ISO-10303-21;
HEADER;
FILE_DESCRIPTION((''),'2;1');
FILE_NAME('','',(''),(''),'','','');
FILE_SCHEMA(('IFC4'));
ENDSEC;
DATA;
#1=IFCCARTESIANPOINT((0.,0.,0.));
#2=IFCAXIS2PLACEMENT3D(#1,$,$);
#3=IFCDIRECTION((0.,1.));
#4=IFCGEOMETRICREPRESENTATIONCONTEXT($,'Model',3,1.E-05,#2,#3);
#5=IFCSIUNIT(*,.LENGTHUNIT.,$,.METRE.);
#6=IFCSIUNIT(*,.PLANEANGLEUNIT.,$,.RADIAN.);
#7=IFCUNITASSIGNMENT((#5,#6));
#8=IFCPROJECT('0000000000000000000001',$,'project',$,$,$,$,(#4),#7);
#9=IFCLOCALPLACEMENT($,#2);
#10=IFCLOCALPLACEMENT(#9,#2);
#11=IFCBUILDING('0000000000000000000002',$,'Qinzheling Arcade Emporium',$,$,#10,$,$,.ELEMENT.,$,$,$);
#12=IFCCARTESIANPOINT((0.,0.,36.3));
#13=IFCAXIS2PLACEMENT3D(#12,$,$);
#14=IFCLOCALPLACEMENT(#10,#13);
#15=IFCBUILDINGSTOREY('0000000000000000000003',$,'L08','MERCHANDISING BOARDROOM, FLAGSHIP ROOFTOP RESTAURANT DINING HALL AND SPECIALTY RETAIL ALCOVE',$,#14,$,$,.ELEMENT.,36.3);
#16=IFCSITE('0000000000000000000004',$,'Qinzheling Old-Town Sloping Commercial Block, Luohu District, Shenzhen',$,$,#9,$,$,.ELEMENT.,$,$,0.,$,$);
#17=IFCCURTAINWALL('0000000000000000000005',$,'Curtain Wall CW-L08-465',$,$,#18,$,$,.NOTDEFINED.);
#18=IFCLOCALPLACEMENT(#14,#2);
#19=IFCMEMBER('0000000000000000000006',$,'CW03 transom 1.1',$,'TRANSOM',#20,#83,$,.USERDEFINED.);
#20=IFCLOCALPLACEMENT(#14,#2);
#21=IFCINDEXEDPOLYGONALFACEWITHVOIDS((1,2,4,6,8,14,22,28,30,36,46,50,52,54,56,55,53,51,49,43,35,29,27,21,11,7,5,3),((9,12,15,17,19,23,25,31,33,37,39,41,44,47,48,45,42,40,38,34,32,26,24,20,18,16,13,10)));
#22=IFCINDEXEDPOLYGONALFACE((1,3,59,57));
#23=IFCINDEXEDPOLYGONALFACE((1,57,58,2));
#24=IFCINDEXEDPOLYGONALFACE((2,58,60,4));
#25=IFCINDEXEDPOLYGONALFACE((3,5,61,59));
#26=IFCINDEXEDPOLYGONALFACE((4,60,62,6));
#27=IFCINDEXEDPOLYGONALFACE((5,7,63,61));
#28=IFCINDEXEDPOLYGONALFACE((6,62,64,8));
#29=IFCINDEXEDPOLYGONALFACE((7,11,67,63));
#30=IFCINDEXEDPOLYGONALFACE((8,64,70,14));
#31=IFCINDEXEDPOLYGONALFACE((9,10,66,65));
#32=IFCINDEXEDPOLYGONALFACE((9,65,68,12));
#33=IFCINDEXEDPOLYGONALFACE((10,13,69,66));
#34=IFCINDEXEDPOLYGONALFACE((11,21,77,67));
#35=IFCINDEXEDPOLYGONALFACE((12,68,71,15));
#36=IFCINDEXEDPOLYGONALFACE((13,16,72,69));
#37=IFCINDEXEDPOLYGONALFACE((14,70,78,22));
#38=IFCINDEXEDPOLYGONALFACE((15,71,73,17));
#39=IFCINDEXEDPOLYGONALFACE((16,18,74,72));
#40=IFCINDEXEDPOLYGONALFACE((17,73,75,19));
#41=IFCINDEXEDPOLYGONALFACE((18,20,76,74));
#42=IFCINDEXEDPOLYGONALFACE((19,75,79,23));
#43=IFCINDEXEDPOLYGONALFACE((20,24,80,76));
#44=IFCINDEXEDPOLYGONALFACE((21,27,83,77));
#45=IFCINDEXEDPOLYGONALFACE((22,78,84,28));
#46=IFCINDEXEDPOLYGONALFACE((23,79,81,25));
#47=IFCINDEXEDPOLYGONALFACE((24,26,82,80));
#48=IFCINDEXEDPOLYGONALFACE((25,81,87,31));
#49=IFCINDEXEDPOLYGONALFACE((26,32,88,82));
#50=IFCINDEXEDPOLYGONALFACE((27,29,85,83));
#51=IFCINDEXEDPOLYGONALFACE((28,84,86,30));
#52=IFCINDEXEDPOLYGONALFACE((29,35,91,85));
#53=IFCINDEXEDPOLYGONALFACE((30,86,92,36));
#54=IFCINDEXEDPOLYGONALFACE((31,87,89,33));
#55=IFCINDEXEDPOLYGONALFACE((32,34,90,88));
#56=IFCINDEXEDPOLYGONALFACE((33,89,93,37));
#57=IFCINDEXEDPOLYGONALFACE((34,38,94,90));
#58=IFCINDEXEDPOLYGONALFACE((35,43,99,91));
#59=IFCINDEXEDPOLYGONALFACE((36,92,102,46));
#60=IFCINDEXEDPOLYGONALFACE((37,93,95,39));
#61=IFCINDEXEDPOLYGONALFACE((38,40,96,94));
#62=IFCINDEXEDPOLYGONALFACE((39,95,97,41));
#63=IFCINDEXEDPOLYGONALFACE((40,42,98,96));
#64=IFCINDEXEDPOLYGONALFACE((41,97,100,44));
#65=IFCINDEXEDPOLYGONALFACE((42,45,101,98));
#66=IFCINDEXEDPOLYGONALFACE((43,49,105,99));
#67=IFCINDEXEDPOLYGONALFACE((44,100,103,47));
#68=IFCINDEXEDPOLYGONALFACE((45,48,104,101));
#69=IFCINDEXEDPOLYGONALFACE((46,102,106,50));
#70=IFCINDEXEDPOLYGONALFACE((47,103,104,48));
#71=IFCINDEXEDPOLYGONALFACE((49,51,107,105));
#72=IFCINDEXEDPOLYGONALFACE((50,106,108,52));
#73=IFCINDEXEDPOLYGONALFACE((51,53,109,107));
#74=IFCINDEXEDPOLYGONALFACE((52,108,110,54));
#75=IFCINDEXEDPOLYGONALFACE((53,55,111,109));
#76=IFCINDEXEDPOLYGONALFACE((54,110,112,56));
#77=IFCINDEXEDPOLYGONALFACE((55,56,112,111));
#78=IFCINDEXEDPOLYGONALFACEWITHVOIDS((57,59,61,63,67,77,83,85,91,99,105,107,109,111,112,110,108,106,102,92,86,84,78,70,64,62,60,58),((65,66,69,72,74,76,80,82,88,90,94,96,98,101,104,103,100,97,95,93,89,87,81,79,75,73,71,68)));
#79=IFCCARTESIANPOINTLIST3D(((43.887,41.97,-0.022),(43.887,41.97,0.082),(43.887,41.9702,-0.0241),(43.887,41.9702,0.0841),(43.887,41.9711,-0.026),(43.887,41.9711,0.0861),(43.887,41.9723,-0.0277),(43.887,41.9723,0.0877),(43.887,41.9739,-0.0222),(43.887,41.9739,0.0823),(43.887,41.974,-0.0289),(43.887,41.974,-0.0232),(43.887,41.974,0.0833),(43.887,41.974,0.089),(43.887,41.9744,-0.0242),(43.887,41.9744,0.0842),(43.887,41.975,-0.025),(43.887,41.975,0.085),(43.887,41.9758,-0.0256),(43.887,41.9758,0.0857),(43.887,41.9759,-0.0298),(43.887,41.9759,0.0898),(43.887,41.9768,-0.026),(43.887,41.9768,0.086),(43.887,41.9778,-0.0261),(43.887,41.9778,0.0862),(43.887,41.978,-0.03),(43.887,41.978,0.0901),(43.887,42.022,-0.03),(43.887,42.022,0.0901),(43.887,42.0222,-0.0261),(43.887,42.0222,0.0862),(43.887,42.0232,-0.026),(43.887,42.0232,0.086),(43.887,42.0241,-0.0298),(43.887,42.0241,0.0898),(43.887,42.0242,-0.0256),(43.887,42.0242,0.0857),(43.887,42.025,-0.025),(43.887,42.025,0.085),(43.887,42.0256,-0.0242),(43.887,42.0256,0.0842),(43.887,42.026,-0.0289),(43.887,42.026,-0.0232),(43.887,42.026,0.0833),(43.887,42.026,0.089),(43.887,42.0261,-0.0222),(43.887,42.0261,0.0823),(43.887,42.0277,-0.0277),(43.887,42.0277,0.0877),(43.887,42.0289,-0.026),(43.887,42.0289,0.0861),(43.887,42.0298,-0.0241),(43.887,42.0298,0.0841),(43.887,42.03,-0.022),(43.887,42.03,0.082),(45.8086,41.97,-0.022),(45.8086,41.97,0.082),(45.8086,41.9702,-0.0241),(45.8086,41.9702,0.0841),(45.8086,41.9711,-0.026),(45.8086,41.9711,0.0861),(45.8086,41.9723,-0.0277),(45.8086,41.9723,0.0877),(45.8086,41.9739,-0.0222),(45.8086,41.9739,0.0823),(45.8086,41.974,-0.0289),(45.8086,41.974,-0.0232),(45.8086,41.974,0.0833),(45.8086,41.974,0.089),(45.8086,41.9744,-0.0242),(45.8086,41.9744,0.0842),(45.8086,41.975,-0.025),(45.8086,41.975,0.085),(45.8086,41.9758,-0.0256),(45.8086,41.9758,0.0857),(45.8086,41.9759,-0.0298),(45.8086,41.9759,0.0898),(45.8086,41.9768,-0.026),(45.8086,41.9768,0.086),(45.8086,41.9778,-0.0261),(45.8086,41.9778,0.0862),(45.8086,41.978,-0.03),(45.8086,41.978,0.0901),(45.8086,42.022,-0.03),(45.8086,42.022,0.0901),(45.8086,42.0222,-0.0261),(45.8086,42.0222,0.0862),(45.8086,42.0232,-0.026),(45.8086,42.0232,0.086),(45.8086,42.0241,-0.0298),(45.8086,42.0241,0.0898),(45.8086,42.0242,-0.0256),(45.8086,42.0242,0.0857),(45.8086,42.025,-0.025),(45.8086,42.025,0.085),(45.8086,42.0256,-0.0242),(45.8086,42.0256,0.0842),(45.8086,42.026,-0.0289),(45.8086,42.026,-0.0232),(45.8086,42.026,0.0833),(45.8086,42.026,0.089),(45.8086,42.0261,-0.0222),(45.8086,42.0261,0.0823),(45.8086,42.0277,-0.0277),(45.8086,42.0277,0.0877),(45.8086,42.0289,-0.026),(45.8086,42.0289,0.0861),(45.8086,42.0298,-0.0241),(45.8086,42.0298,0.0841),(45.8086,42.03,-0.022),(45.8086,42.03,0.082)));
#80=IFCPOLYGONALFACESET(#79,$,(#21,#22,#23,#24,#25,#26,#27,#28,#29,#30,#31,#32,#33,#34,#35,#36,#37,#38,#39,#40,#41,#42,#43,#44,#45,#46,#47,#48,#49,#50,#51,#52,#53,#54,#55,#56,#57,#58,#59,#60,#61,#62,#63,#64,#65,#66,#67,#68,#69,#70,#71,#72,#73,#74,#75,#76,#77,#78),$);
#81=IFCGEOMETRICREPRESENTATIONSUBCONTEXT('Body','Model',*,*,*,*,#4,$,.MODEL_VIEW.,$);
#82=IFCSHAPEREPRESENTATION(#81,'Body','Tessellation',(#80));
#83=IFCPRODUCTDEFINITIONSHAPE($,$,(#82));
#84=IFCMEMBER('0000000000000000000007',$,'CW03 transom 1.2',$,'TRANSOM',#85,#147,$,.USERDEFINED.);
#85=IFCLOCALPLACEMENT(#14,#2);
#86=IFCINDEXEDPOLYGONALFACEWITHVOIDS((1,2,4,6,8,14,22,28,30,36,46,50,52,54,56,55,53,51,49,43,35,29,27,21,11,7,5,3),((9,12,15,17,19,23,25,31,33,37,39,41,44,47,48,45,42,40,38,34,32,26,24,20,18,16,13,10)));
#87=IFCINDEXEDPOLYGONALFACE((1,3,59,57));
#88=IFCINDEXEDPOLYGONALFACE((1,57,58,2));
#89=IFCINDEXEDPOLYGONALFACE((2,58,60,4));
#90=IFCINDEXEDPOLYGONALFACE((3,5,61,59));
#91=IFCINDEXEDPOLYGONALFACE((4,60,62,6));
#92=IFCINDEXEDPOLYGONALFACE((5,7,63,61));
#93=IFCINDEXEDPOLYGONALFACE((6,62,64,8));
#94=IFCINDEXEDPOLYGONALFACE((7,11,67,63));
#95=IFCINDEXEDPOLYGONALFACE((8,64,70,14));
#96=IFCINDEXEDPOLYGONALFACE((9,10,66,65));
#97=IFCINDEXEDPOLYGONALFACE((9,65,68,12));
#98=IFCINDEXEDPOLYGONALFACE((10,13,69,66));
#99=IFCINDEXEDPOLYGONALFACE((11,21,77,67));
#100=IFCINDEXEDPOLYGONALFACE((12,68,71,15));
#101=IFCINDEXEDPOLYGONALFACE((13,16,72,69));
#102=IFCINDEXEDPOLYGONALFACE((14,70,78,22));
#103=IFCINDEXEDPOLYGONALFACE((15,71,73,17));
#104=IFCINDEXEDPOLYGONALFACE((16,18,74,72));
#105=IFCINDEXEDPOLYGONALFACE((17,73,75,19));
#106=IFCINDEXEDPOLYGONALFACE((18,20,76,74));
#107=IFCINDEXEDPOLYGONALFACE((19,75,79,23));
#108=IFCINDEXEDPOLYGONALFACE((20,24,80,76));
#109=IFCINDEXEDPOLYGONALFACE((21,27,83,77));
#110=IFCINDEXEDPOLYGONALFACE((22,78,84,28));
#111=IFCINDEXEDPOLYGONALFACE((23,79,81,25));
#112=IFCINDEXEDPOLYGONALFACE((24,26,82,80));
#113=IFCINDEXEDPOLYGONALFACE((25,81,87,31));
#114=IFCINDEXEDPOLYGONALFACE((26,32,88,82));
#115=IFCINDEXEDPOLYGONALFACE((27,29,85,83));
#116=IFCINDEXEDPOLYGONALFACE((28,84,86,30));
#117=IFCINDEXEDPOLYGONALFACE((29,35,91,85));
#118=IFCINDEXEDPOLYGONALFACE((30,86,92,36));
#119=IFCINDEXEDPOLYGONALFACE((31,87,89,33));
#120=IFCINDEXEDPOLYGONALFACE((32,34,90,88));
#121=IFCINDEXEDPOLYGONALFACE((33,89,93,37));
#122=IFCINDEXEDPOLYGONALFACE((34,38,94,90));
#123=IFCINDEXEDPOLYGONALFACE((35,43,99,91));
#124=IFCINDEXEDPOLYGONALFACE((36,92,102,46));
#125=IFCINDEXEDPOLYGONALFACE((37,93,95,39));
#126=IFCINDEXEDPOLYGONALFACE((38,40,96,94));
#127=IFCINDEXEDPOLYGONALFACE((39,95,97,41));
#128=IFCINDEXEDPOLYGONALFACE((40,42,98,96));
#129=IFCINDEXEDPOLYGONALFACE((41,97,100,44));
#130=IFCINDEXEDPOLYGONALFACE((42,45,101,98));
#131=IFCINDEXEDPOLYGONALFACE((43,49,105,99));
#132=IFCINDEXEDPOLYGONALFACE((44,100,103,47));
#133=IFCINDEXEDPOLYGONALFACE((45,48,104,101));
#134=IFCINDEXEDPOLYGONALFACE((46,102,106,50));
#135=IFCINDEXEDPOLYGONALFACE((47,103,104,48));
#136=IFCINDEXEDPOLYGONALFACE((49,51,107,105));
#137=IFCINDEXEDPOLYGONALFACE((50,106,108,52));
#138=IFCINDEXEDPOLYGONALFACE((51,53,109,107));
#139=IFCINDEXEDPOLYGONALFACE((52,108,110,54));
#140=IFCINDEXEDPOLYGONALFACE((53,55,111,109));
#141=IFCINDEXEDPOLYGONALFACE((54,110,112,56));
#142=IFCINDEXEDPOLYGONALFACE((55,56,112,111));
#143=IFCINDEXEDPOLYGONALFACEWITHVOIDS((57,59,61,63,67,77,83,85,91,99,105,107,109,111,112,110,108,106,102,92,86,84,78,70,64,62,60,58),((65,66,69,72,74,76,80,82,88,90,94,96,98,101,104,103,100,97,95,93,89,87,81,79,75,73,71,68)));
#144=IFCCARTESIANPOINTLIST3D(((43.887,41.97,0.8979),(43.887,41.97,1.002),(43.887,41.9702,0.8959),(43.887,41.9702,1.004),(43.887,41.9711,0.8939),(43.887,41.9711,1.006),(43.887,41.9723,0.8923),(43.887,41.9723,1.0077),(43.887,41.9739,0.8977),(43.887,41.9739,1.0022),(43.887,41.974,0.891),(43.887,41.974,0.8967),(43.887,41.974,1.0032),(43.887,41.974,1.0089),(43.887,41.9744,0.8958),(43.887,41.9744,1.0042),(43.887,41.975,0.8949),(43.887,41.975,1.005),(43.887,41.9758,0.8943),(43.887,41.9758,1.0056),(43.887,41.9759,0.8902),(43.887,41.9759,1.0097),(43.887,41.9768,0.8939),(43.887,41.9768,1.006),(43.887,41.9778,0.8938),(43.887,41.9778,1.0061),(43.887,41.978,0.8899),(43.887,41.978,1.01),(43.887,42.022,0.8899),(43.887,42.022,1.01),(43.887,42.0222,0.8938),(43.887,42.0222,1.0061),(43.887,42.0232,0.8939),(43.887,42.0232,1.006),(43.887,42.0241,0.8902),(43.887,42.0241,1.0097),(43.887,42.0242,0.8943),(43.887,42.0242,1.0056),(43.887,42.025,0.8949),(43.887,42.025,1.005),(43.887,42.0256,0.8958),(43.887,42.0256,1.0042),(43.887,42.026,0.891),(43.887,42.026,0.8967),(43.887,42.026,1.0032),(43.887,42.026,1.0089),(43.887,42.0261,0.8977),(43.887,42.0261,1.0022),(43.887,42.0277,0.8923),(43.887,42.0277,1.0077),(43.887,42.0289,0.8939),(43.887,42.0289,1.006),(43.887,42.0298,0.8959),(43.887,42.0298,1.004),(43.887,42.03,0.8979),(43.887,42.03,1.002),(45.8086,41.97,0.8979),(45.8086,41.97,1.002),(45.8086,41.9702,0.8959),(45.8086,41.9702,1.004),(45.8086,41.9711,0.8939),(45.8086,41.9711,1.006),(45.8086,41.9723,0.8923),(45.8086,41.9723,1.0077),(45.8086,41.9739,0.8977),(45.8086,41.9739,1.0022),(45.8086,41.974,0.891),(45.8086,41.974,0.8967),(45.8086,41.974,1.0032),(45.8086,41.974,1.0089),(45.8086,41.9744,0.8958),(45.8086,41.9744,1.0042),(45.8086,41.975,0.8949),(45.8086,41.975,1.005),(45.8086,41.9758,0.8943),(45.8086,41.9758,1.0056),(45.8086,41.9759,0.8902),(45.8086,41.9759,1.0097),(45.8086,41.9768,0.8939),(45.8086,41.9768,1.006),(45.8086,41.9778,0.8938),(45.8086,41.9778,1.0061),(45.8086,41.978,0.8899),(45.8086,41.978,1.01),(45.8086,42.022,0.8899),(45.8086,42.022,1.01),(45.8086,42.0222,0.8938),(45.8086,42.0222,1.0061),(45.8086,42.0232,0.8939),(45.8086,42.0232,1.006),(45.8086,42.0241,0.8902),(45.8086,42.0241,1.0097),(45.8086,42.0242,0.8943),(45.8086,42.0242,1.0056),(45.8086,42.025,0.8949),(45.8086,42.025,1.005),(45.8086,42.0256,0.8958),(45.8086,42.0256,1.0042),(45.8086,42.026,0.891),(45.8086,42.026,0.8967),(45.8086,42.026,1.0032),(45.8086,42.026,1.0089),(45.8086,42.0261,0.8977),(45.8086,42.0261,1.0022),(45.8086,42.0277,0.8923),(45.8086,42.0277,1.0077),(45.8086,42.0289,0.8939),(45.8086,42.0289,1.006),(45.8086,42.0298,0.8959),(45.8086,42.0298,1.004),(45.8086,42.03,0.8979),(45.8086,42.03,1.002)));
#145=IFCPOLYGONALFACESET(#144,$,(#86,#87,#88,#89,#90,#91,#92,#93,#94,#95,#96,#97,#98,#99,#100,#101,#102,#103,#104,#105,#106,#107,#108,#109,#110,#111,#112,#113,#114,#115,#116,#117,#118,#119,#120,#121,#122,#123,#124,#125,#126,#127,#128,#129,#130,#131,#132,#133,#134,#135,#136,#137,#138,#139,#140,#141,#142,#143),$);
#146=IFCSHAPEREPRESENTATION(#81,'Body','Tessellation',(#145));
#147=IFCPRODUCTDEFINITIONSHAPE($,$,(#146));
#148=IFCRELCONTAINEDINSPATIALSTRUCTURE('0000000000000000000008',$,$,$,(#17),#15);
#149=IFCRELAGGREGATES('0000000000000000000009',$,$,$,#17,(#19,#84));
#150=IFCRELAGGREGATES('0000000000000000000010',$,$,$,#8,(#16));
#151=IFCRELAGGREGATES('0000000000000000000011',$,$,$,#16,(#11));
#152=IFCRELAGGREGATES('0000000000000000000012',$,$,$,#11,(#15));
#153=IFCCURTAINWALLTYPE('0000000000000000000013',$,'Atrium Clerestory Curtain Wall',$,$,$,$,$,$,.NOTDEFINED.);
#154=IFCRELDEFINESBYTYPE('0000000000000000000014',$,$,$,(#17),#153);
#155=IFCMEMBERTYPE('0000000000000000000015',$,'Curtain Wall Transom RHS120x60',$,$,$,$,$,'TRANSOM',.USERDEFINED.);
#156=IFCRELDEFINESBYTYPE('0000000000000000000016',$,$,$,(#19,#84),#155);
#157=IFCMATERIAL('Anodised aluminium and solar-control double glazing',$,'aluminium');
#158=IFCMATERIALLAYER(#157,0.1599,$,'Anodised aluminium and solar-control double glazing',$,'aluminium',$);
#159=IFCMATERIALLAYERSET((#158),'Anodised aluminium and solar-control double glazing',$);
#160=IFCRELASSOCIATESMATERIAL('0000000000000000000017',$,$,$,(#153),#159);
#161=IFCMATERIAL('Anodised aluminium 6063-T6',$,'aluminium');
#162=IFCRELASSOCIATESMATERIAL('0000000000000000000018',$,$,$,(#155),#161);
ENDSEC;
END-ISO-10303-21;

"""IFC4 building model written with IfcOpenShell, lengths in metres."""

from ifc_helpers import new_model, si_unit, direction, frame, origin, origin_2d, place, context, subcontext, project, spatial, hollow_rectangle, extrude, material, layer, layer_set, material_profile, profile_set, type_object, element, aggregate, save


model = new_model("IFC4")

# Units and contexts
model_context = context("Model", 3, precision=1e-05, world=origin(), true_north=direction((0.0, 1.0)))
body_context = subcontext(model_context, "Body", "Model", "MODEL_VIEW")
ifc_project = project(units=[si_unit("LENGTHUNIT", "METRE"), si_unit("PLANEANGLEUNIT", "RADIAN")], contexts=[model_context])

# Site, building, storey
site_placement = place(None, origin())
site = spatial("IfcSite", under=ifc_project, at=site_placement, Name="Qinzheling Old-Town Sloping Commercial Block, Luohu District, Shenzhen", CompositionType="ELEMENT", RefElevation=0.0)
building_placement = place(site_placement, origin())
building = spatial("IfcBuilding", under=site, at=building_placement, Name="Qinzheling Arcade Emporium", CompositionType="ELEMENT")
storey_placement = place(building_placement, frame((0.0, 0.0, 36.3)))
storey = spatial("IfcBuildingStorey", under=building, at=storey_placement, Name="L08", Description="MERCHANDISING BOARDROOM, FLAGSHIP ROOFTOP RESTAURANT DINING HALL AND SPECIALTY RETAIL ALCOVE", CompositionType="ELEMENT", Elevation=36.3)

# Curtain wall
ifc_material_1 = material(Name="Anodised aluminium and solar-control double glazing", Category="aluminium")
ifc_layer_1 = layer(ifc_material_1, 0.1599, Name="Anodised aluminium and solar-control double glazing", Category="aluminium")
ifc_layer_set_1 = layer_set([ifc_layer_1], Name="Anodised aluminium and solar-control double glazing")
curtain_wall_type = type_object("IfcCurtainWallType", Name="Atrium Clerestory Curtain Wall", PredefinedType="NOTDEFINED", material=ifc_layer_set_1)
ifc_material_2 = material(Name="Anodised aluminium 6063-T6", Category="aluminium")
curtain_wall_1_placement = place(storey_placement, origin())
curtain_wall_1 = element("IfcCurtainWall", 1, at=curtain_wall_1_placement, inside=storey, type_object=curtain_wall_type, Name="Curtain Wall CW-L08-465", PredefinedType="NOTDEFINED")

# Members
ifc_material_profile_1 = material_profile(ifc_material_2, hollow_rectangle(XDim=0.0601, YDim=0.1201, WallThickness=0.0039, InnerFilletRadius=0.0039, OuterFilletRadius=0.0081, at=origin_2d()), Name="RHS 120x60x4", Category="aluminium")
ifc_profile_set_1 = profile_set([ifc_material_profile_1], Name="Anodised aluminium 6063-T6")
member_type_1 = type_object("IfcMemberType", Name="Curtain Wall Transom RHS120x60", ElementType="TRANSOM", PredefinedType="USERDEFINED", material=ifc_profile_set_1)
member_1_placement = place(storey_placement, frame((43.887, 42.0, 0.03), z_axis=(1.0, 0.0, 0.0), x_axis=(0.0, 1.0, 0.0)))
member_1 = element("IfcMember", 2, at=member_1_placement, type_object=member_type_1, Name="CW03 transom 1.1", ObjectType="TRANSOM", PredefinedType="USERDEFINED", context=body_context, shape_type="SweptSolid", body=[
    extrude(hollow_rectangle(XDim=0.0601, YDim=0.1201, WallThickness=0.0039, InnerFilletRadius=0.0039, OuterFilletRadius=0.0081, at=origin_2d()), origin(), (0.0, 0.0, 1.0), 1.9216),
])
member_2_placement = place(storey_placement, frame((43.887, 42.0, 0.95), z_axis=(1.0, 0.0, 0.0), x_axis=(0.0, 1.0, 0.0)))
member_2 = element("IfcMember", 3, at=member_2_placement, type_object=member_type_1, Name="CW03 transom 1.2", ObjectType="TRANSOM", PredefinedType="USERDEFINED", context=body_context, shape_type="SweptSolid", body=[
    extrude(hollow_rectangle(XDim=0.0601, YDim=0.1201, WallThickness=0.0039, InnerFilletRadius=0.0039, OuterFilletRadius=0.0081, at=origin_2d()), origin(), (0.0, 0.0, 1.0), 1.9216),
])

aggregate(curtain_wall_1, [member_1, member_2])

save(model, "model.ifc")
